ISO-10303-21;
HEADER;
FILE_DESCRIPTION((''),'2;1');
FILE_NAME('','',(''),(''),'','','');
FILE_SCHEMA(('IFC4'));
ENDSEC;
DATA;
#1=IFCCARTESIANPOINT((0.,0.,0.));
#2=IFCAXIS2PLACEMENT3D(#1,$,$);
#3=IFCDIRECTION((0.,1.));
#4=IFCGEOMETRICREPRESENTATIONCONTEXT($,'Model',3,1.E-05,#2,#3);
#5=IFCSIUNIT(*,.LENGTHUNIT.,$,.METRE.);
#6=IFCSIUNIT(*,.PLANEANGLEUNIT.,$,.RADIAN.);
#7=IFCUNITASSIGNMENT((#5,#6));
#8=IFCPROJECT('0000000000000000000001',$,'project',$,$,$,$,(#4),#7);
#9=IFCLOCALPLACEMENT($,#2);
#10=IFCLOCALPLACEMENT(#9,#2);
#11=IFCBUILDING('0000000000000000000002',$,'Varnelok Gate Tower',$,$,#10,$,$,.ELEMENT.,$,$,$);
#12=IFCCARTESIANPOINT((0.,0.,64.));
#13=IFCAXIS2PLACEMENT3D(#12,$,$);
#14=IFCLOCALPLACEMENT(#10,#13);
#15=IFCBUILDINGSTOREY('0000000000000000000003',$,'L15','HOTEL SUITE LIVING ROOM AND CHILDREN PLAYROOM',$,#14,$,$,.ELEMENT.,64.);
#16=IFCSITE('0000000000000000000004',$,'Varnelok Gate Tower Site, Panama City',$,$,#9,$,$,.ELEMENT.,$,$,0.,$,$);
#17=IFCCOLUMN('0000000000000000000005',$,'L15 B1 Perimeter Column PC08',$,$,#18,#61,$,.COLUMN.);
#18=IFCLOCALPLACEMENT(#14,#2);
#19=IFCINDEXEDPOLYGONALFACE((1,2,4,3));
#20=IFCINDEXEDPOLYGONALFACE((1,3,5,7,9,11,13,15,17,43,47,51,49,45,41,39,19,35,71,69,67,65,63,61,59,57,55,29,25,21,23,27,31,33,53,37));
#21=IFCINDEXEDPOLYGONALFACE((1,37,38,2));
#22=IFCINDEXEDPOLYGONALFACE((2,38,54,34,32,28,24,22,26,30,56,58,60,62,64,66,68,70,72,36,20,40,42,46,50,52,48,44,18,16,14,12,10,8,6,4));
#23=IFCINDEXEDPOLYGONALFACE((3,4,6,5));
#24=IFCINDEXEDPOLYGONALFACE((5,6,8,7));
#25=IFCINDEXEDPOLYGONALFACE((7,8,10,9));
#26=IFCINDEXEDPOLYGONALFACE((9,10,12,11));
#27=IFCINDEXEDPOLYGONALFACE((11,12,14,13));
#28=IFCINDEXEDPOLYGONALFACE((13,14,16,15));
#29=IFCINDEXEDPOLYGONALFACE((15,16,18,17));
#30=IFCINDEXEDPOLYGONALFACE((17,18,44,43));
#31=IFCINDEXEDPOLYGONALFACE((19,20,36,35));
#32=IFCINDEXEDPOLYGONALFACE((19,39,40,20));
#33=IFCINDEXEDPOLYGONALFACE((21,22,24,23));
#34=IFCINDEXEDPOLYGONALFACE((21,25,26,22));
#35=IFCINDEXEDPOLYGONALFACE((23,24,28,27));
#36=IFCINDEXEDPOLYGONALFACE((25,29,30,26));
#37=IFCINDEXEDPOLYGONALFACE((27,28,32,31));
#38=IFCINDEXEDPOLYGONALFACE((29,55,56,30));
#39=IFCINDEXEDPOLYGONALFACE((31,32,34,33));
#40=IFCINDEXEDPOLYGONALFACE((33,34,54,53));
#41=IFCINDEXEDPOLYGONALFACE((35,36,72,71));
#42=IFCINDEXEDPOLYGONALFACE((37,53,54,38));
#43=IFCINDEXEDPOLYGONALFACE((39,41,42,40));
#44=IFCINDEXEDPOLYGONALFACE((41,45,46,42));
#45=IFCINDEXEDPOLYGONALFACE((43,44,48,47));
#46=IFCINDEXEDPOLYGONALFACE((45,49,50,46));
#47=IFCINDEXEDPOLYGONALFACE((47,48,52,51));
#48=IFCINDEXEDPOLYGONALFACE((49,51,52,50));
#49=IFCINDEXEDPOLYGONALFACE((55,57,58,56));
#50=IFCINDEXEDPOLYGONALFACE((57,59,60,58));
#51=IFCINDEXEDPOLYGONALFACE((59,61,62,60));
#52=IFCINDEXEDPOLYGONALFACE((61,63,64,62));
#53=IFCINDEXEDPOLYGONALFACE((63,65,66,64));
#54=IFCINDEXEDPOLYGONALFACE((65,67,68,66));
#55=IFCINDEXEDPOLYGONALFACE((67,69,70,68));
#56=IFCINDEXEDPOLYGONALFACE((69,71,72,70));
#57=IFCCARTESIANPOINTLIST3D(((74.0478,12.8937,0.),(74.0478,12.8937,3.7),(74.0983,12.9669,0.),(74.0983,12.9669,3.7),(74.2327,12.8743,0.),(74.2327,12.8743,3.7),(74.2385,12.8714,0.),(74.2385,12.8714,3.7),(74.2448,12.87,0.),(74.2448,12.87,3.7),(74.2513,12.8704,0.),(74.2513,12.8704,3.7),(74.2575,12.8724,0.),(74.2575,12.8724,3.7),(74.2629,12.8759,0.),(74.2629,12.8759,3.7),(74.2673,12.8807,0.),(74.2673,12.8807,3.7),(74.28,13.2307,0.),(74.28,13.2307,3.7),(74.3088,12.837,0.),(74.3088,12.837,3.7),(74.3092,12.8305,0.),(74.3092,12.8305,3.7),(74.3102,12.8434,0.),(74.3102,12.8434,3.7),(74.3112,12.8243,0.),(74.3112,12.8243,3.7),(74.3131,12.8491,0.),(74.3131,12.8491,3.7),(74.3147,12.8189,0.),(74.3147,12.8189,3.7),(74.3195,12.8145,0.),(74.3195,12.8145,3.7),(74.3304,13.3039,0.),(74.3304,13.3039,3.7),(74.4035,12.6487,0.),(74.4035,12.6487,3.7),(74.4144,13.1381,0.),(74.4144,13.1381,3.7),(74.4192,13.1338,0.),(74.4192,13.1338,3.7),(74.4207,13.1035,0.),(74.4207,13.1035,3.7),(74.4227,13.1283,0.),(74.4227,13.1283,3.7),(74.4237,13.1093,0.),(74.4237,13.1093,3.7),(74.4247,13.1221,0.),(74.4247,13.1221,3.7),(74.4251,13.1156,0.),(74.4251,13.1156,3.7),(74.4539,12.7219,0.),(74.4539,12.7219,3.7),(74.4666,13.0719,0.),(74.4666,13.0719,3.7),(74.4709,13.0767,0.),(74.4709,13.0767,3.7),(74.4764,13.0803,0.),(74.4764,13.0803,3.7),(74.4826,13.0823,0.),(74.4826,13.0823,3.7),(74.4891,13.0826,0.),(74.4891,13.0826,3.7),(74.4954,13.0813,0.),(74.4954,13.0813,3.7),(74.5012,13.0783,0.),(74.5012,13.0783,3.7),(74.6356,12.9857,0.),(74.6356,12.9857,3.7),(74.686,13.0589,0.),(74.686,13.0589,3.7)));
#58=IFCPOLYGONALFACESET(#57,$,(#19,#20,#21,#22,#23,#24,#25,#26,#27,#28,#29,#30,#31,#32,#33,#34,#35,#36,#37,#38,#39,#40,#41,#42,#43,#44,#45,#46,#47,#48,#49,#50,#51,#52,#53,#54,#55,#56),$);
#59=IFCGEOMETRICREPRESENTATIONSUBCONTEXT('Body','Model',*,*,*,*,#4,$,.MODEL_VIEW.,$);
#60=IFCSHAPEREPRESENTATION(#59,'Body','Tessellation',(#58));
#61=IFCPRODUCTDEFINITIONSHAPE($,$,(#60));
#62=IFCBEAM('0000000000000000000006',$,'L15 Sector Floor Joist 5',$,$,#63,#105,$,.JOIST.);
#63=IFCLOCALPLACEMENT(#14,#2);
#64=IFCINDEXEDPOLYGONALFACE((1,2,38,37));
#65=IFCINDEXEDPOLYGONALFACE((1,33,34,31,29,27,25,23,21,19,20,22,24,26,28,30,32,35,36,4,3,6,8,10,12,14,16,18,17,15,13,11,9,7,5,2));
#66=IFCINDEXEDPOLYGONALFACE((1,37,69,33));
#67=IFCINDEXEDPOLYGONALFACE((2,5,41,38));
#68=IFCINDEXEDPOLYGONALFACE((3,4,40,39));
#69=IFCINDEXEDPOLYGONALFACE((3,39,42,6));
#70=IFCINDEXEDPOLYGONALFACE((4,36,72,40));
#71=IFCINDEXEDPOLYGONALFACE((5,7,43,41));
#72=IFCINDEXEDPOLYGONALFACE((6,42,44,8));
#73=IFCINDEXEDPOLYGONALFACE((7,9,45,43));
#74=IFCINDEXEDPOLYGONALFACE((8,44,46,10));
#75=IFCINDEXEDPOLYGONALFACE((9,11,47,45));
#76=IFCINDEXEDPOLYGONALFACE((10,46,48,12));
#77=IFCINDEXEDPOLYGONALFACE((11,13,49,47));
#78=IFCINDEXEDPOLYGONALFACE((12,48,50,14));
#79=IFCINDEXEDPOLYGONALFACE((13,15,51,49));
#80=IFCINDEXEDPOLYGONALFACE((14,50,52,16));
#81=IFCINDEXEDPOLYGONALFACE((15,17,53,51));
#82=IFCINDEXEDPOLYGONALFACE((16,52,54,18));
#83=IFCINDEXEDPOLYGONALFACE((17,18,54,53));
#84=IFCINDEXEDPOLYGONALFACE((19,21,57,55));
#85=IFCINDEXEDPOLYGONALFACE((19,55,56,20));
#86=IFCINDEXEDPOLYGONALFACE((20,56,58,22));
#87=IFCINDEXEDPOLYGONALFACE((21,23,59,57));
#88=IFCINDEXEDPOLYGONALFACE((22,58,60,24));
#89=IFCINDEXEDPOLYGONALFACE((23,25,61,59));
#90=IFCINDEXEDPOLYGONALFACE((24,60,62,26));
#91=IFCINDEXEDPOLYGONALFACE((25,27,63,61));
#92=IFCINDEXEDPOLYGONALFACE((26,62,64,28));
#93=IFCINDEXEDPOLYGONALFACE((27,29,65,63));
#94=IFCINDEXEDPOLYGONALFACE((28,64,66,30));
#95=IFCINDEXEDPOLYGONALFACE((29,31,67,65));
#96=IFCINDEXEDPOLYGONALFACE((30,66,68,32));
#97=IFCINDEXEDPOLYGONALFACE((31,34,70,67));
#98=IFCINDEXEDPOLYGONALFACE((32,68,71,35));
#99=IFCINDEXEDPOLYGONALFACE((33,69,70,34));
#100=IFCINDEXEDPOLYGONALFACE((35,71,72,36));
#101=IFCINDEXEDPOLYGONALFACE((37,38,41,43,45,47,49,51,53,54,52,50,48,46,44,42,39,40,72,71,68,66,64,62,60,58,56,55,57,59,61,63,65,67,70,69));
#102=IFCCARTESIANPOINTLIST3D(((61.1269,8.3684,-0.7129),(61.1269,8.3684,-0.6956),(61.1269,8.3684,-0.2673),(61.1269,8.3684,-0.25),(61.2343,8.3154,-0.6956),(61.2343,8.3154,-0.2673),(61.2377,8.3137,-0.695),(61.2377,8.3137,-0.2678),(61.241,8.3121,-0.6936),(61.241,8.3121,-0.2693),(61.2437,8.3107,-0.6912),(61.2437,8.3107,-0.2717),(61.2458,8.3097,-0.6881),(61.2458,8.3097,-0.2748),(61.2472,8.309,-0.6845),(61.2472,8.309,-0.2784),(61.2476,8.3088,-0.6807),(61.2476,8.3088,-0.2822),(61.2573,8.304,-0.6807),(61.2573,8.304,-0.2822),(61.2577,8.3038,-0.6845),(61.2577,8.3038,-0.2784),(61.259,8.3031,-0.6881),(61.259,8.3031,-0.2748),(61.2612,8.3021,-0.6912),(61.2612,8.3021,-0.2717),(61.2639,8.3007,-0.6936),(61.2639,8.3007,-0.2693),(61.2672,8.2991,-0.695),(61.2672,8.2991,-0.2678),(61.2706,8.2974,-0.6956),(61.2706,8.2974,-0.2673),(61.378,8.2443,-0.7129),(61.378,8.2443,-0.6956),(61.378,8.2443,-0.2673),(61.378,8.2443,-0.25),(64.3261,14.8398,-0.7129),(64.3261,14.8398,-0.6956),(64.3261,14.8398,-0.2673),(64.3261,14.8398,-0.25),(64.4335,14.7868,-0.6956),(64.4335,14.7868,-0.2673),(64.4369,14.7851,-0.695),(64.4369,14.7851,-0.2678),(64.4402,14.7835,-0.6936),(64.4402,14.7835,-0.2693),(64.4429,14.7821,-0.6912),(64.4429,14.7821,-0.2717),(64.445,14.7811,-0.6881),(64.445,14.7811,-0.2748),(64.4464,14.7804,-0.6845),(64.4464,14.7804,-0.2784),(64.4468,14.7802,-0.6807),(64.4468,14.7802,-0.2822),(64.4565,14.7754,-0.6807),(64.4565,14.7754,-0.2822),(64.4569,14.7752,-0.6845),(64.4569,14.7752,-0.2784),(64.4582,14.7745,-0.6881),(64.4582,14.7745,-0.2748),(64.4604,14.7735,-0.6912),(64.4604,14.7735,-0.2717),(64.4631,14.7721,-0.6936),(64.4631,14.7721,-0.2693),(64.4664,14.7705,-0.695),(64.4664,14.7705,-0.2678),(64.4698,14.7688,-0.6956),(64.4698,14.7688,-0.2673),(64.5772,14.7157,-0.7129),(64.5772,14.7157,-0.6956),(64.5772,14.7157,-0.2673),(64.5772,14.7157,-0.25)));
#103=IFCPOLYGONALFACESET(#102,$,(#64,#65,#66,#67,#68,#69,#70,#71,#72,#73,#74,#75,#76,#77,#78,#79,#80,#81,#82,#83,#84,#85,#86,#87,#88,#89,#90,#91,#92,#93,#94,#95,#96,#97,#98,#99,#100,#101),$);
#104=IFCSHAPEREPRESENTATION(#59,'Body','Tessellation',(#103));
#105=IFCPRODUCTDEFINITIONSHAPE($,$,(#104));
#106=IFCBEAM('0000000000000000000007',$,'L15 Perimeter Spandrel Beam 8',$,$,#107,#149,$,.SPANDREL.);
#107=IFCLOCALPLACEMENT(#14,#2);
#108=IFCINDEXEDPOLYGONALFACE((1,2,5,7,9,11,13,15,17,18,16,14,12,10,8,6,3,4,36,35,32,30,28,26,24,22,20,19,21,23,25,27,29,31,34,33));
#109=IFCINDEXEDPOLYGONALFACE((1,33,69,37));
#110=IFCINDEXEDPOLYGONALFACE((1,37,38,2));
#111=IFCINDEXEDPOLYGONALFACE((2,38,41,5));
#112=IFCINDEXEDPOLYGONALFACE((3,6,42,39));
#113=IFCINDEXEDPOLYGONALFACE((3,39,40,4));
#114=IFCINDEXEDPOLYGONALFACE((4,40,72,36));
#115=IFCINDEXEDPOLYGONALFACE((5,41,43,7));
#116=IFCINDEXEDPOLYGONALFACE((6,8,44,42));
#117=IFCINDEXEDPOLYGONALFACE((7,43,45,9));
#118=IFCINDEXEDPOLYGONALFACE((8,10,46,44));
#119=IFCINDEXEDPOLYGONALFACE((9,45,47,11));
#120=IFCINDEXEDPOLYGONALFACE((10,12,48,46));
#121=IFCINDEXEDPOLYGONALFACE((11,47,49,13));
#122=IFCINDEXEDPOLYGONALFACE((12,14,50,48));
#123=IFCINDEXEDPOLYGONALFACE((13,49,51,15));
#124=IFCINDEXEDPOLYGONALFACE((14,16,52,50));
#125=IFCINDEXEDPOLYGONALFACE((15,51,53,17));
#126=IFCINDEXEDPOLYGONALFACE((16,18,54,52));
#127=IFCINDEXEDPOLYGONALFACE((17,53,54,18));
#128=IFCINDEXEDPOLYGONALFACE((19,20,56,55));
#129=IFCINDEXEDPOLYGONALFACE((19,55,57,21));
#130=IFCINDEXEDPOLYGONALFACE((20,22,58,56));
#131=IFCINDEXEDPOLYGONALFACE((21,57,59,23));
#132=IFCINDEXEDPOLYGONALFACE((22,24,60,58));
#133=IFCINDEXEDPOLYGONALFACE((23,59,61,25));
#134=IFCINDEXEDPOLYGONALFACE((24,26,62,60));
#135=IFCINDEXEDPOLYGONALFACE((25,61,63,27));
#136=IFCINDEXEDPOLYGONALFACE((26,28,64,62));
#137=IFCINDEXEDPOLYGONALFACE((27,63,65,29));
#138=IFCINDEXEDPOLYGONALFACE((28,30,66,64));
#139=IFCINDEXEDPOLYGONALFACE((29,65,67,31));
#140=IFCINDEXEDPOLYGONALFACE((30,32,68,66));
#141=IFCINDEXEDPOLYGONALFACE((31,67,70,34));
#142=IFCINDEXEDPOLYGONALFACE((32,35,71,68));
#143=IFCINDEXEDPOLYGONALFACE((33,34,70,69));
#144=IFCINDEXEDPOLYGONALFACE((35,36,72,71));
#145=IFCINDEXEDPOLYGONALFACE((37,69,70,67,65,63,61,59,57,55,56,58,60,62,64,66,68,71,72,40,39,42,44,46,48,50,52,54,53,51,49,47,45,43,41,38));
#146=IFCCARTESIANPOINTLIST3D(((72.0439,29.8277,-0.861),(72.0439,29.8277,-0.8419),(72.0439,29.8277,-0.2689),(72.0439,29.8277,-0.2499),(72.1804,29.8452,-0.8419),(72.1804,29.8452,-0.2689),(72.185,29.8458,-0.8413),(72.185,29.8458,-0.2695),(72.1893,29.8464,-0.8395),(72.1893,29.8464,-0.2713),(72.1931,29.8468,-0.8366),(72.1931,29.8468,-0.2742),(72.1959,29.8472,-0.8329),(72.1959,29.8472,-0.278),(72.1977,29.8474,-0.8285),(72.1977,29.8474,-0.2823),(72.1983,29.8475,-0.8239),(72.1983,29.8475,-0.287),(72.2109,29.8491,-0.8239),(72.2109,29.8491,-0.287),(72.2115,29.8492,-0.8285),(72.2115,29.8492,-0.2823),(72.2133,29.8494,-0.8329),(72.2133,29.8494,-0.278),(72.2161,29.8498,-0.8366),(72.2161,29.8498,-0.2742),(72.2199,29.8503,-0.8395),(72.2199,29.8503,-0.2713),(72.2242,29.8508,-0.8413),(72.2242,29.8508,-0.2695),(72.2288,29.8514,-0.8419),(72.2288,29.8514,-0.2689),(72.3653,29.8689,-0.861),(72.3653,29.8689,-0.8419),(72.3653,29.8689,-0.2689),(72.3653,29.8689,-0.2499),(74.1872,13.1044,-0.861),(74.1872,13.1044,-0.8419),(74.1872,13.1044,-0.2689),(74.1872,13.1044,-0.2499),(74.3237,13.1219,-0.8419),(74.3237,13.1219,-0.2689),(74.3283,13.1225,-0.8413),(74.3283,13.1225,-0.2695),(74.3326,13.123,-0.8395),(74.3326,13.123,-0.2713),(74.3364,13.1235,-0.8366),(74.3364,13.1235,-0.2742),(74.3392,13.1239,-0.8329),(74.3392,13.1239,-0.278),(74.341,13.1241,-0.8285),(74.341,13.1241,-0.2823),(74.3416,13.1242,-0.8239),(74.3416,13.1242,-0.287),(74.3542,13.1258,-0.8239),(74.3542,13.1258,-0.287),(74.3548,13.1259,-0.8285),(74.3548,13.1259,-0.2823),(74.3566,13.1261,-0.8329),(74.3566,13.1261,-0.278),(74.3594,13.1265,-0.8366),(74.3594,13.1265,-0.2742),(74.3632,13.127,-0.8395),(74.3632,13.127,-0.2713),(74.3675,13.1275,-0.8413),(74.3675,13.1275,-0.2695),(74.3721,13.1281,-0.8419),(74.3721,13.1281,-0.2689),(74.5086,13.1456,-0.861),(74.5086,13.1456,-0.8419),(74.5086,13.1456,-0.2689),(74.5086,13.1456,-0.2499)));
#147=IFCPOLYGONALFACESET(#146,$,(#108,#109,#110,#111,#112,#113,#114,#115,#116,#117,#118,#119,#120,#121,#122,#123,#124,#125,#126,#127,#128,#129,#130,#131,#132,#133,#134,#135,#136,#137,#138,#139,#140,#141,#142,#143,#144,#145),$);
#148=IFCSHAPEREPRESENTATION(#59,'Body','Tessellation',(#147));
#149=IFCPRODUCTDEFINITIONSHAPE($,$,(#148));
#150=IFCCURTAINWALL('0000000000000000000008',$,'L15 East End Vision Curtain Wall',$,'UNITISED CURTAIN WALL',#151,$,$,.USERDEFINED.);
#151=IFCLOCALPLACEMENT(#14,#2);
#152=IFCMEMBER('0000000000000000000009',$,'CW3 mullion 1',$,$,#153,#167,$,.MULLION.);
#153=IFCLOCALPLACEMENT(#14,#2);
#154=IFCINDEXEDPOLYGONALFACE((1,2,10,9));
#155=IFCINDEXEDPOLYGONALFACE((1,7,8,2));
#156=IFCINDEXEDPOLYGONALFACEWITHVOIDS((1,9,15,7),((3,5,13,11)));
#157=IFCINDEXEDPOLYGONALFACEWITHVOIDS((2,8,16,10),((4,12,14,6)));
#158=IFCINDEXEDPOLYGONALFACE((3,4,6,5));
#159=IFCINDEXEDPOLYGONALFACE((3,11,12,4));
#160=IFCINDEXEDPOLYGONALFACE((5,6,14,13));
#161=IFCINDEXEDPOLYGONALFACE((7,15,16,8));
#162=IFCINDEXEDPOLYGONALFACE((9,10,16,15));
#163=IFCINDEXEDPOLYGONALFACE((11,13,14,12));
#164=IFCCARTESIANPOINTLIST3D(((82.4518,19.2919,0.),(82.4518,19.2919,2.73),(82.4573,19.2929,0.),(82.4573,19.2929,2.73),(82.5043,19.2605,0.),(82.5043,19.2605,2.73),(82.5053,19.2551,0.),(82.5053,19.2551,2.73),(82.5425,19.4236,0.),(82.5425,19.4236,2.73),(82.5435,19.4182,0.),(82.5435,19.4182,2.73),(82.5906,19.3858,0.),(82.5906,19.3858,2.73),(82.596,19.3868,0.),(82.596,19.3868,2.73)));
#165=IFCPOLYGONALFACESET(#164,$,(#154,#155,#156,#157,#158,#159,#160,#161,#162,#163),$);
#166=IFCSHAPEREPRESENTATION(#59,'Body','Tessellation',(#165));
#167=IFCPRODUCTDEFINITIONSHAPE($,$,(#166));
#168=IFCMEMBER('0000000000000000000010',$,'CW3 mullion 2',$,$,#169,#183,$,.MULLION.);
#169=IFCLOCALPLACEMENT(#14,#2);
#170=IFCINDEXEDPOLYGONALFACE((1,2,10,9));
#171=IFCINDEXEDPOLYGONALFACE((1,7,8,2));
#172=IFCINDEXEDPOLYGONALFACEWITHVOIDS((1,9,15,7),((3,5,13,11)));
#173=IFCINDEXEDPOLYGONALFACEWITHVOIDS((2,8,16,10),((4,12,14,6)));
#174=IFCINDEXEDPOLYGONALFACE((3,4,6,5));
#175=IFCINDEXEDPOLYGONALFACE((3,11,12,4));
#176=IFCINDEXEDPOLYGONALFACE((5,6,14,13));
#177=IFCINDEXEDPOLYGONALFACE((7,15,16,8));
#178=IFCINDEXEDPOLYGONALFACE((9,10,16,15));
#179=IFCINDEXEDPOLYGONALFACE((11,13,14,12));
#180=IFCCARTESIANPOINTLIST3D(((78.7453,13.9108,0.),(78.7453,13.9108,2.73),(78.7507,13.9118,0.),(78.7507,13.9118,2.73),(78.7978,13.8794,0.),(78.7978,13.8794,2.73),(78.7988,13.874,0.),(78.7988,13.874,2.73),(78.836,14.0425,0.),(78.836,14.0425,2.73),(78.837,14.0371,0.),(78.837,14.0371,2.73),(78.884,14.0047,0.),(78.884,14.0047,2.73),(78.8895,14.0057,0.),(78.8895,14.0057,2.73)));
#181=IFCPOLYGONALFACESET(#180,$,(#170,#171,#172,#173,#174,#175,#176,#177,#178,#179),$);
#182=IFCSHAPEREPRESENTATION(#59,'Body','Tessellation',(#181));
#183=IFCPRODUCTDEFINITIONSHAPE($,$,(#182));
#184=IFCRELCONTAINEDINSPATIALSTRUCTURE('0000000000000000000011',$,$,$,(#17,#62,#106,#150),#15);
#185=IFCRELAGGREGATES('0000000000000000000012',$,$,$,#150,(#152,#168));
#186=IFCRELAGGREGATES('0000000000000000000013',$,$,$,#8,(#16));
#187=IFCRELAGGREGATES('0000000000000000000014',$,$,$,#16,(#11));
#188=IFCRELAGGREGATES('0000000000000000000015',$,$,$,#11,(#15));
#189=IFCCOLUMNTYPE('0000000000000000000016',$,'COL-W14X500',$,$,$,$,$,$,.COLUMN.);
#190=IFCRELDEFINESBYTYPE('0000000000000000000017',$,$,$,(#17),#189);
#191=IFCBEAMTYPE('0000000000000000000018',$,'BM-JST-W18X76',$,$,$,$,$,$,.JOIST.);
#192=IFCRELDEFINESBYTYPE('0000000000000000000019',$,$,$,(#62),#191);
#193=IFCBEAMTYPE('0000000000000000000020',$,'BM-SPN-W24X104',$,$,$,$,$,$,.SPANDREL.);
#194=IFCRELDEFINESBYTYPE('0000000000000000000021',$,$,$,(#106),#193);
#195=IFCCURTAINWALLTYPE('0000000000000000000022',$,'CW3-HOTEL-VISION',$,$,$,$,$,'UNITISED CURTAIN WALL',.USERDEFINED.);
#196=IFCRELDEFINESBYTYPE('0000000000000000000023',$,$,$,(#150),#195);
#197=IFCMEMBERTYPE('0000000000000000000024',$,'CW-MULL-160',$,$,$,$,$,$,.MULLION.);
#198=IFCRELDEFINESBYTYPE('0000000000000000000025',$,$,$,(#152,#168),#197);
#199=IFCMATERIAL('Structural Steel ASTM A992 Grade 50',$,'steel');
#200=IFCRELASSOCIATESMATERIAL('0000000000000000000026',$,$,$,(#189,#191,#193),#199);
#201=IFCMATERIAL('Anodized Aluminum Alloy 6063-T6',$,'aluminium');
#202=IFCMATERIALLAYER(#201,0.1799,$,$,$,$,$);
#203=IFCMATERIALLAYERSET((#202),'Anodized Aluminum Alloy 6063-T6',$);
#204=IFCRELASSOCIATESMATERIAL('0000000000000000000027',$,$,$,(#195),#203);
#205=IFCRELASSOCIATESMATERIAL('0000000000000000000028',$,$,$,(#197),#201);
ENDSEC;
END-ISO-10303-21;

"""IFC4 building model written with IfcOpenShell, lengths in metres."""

from ifc_helpers import new_model, si_unit, direction, frame, origin, origin_2d, place, context, subcontext, project, spatial, hollow_rectangle, i_section, extrude, material, layer, layer_set, material_profile, profile_set, type_object, element, aggregate, save


model = new_model("IFC4")

# Units and contexts
model_context = context("Model", 3, precision=1e-05, world=origin(), true_north=direction((0.0, 1.0)))
body_context = subcontext(model_context, "Body", "Model", "MODEL_VIEW")
ifc_project = project(units=[si_unit("LENGTHUNIT", "METRE"), si_unit("PLANEANGLEUNIT", "RADIAN")], contexts=[model_context])

# Site, building, storey
site_placement = place(None, origin())
site = spatial("IfcSite", under=ifc_project, at=site_placement, Name="Varnelok Gate Tower Site, Panama City", CompositionType="ELEMENT", RefElevation=0.0)
building_placement = place(site_placement, origin())
building = spatial("IfcBuilding", under=site, at=building_placement, Name="Varnelok Gate Tower", CompositionType="ELEMENT")
storey_placement = place(building_placement, frame((0.0, 0.0, 64.0)))
storey = spatial("IfcBuildingStorey", under=building, at=storey_placement, Name="L15", Description="HOTEL SUITE LIVING ROOM AND CHILDREN PLAYROOM", CompositionType="ELEMENT", Elevation=64.0)

# Column
ifc_material_1 = material(Name="Structural Steel ASTM A992 Grade 50", Category="steel")
ifc_material_profile_1 = material_profile(ifc_material_1, i_section(OverallWidth=0.4319, OverallDepth=0.498, WebThickness=0.0557, FlangeThickness=0.0889, FilletRadius=0.0249, at=origin_2d()), Name="W14X500")
ifc_profile_set_1 = profile_set([ifc_material_profile_1], Name="Structural Steel ASTM A992 Grade 50")
column_type = type_object("IfcColumnType", Name="COL-W14X500", PredefinedType="COLUMN", material=ifc_profile_set_1)
column_placement = place(storey_placement, frame((74.3669, 12.9763, 0.0), z_axis=(0.0, 0.0, 1.0), x_axis=(0.823533, -0.567269, 0.0)))
element("IfcColumn", 1, at=column_placement, inside=storey, type_object=column_type, Name="L15 B1 Perimeter Column PC08", PredefinedType="COLUMN", context=body_context, shape_type="SweptSolid", body=[
    extrude(i_section(OverallWidth=0.4319, OverallDepth=0.498, WebThickness=0.0557, FlangeThickness=0.0889, FilletRadius=0.0249, at=origin_2d()), origin(), (0.0, 0.0, 1.0), 3.7),
])

# Beams
ifc_material_profile_2 = material_profile(ifc_material_1, i_section(OverallWidth=0.28, OverallDepth=0.4629, WebThickness=0.0107, FlangeThickness=0.0173, FilletRadius=0.0149, at=origin_2d()), Name="W18X76")
ifc_profile_set_2 = profile_set([ifc_material_profile_2], Name="Structural Steel ASTM A992 Grade 50")
beam_type_1 = type_object("IfcBeamType", Name="BM-JST-W18X76", PredefinedType="JOIST", material=ifc_profile_set_2)
beam_1_placement = place(storey_placement, frame((61.2524, 8.3064, -0.4814), z_axis=(0.443164, 0.89644, 0.0), x_axis=(-0.89644, 0.443164, 0.0)))
element("IfcBeam", 2, at=beam_1_placement, inside=storey, type_object=beam_type_1, Name="L15 Sector Floor Joist 5", PredefinedType="JOIST", context=body_context, shape_type="SweptSolid", body=[
    extrude(i_section(OverallWidth=0.28, OverallDepth=0.4629, WebThickness=0.0107, FlangeThickness=0.0173, FilletRadius=0.0149, at=origin_2d()), origin(), (0.0, 0.0, 1.0), 7.219),
])
ifc_material_profile_3 = material_profile(ifc_material_1, i_section(OverallWidth=0.324, OverallDepth=0.6111, WebThickness=0.0127, FlangeThickness=0.019, FilletRadius=0.0181, at=origin_2d()), Name="W24X104")
ifc_profile_set_3 = profile_set([ifc_material_profile_3], Name="Structural Steel ASTM A992 Grade 50")
beam_type_2 = type_object("IfcBeamType", Name="BM-SPN-W24X104", PredefinedType="SPANDREL", material=ifc_profile_set_3)
beam_2_placement = place(storey_placement, frame((74.3479, 13.125, -0.5554), z_axis=(-0.127123, 0.991887, 0.0), x_axis=(-0.991887, -0.127123, 0.0)))
element("IfcBeam", 3, at=beam_2_placement, inside=storey, type_object=beam_type_2, Name="L15 Perimeter Spandrel Beam 8", PredefinedType="SPANDREL", context=body_context, shape_type="SweptSolid", body=[
    extrude(i_section(OverallWidth=0.324, OverallDepth=0.6111, WebThickness=0.0127, FlangeThickness=0.019, FilletRadius=0.0181, at=origin_2d()), origin(), (0.0, 0.0, 1.0), 16.8601),
])

# Curtain wall, members
ifc_material_2 = material(Name="Anodized Aluminum Alloy 6063-T6", Category="aluminium")
ifc_layer_1 = layer(ifc_material_2, 0.1799)
ifc_layer_set_1 = layer_set([ifc_layer_1], Name="Anodized Aluminum Alloy 6063-T6")
curtain_wall_type = type_object("IfcCurtainWallType", Name="CW3-HOTEL-VISION", ElementType="UNITISED CURTAIN WALL", PredefinedType="USERDEFINED", material=ifc_layer_set_1)
curtain_wall_placement = place(storey_placement, origin())
curtain_wall = element("IfcCurtainWall", 4, at=curtain_wall_placement, inside=storey, type_object=curtain_wall_type, Name="L15 East End Vision Curtain Wall", ObjectType="UNITISED CURTAIN WALL", PredefinedType="USERDEFINED")
ifc_material_profile_4 = material_profile(ifc_material_2, hollow_rectangle(XDim=0.0649, YDim=0.1599, WallThickness=0.0039, at=origin_2d()), Name="ALU160X65X4")
ifc_profile_set_4 = profile_set([ifc_material_profile_4], Name="Anodized Aluminum Alloy 6063-T6")
member_type_1 = type_object("IfcMemberType", Name="CW-MULL-160", PredefinedType="MULLION", material=ifc_profile_set_4)
member_1_placement = place(storey_placement, frame((82.5239, 19.3394, 0.0), z_axis=(0.0, 0.0, 1.0), x_axis=(0.823533, -0.567269, 0.0)))
member_1 = element("IfcMember", 5, at=member_1_placement, type_object=member_type_1, Name="CW3 mullion 1", PredefinedType="MULLION", context=body_context, shape_type="SweptSolid", body=[
    extrude(hollow_rectangle(XDim=0.0649, YDim=0.1599, WallThickness=0.0039, at=origin_2d()), origin(), (0.0, 0.0, 1.0), 2.73),
])
member_2_placement = place(storey_placement, frame((78.8174, 13.9583, 0.0), z_axis=(0.0, 0.0, 1.0), x_axis=(0.823533, -0.567269, 0.0)))
member_2 = element("IfcMember", 6, at=member_2_placement, type_object=member_type_1, Name="CW3 mullion 2", PredefinedType="MULLION", context=body_context, shape_type="SweptSolid", body=[
    extrude(hollow_rectangle(XDim=0.0649, YDim=0.1599, WallThickness=0.0039, at=origin_2d()), origin(), (0.0, 0.0, 1.0), 2.73),
])
aggregate(curtain_wall, [member_1, member_2])

save(model, "model.ifc")
